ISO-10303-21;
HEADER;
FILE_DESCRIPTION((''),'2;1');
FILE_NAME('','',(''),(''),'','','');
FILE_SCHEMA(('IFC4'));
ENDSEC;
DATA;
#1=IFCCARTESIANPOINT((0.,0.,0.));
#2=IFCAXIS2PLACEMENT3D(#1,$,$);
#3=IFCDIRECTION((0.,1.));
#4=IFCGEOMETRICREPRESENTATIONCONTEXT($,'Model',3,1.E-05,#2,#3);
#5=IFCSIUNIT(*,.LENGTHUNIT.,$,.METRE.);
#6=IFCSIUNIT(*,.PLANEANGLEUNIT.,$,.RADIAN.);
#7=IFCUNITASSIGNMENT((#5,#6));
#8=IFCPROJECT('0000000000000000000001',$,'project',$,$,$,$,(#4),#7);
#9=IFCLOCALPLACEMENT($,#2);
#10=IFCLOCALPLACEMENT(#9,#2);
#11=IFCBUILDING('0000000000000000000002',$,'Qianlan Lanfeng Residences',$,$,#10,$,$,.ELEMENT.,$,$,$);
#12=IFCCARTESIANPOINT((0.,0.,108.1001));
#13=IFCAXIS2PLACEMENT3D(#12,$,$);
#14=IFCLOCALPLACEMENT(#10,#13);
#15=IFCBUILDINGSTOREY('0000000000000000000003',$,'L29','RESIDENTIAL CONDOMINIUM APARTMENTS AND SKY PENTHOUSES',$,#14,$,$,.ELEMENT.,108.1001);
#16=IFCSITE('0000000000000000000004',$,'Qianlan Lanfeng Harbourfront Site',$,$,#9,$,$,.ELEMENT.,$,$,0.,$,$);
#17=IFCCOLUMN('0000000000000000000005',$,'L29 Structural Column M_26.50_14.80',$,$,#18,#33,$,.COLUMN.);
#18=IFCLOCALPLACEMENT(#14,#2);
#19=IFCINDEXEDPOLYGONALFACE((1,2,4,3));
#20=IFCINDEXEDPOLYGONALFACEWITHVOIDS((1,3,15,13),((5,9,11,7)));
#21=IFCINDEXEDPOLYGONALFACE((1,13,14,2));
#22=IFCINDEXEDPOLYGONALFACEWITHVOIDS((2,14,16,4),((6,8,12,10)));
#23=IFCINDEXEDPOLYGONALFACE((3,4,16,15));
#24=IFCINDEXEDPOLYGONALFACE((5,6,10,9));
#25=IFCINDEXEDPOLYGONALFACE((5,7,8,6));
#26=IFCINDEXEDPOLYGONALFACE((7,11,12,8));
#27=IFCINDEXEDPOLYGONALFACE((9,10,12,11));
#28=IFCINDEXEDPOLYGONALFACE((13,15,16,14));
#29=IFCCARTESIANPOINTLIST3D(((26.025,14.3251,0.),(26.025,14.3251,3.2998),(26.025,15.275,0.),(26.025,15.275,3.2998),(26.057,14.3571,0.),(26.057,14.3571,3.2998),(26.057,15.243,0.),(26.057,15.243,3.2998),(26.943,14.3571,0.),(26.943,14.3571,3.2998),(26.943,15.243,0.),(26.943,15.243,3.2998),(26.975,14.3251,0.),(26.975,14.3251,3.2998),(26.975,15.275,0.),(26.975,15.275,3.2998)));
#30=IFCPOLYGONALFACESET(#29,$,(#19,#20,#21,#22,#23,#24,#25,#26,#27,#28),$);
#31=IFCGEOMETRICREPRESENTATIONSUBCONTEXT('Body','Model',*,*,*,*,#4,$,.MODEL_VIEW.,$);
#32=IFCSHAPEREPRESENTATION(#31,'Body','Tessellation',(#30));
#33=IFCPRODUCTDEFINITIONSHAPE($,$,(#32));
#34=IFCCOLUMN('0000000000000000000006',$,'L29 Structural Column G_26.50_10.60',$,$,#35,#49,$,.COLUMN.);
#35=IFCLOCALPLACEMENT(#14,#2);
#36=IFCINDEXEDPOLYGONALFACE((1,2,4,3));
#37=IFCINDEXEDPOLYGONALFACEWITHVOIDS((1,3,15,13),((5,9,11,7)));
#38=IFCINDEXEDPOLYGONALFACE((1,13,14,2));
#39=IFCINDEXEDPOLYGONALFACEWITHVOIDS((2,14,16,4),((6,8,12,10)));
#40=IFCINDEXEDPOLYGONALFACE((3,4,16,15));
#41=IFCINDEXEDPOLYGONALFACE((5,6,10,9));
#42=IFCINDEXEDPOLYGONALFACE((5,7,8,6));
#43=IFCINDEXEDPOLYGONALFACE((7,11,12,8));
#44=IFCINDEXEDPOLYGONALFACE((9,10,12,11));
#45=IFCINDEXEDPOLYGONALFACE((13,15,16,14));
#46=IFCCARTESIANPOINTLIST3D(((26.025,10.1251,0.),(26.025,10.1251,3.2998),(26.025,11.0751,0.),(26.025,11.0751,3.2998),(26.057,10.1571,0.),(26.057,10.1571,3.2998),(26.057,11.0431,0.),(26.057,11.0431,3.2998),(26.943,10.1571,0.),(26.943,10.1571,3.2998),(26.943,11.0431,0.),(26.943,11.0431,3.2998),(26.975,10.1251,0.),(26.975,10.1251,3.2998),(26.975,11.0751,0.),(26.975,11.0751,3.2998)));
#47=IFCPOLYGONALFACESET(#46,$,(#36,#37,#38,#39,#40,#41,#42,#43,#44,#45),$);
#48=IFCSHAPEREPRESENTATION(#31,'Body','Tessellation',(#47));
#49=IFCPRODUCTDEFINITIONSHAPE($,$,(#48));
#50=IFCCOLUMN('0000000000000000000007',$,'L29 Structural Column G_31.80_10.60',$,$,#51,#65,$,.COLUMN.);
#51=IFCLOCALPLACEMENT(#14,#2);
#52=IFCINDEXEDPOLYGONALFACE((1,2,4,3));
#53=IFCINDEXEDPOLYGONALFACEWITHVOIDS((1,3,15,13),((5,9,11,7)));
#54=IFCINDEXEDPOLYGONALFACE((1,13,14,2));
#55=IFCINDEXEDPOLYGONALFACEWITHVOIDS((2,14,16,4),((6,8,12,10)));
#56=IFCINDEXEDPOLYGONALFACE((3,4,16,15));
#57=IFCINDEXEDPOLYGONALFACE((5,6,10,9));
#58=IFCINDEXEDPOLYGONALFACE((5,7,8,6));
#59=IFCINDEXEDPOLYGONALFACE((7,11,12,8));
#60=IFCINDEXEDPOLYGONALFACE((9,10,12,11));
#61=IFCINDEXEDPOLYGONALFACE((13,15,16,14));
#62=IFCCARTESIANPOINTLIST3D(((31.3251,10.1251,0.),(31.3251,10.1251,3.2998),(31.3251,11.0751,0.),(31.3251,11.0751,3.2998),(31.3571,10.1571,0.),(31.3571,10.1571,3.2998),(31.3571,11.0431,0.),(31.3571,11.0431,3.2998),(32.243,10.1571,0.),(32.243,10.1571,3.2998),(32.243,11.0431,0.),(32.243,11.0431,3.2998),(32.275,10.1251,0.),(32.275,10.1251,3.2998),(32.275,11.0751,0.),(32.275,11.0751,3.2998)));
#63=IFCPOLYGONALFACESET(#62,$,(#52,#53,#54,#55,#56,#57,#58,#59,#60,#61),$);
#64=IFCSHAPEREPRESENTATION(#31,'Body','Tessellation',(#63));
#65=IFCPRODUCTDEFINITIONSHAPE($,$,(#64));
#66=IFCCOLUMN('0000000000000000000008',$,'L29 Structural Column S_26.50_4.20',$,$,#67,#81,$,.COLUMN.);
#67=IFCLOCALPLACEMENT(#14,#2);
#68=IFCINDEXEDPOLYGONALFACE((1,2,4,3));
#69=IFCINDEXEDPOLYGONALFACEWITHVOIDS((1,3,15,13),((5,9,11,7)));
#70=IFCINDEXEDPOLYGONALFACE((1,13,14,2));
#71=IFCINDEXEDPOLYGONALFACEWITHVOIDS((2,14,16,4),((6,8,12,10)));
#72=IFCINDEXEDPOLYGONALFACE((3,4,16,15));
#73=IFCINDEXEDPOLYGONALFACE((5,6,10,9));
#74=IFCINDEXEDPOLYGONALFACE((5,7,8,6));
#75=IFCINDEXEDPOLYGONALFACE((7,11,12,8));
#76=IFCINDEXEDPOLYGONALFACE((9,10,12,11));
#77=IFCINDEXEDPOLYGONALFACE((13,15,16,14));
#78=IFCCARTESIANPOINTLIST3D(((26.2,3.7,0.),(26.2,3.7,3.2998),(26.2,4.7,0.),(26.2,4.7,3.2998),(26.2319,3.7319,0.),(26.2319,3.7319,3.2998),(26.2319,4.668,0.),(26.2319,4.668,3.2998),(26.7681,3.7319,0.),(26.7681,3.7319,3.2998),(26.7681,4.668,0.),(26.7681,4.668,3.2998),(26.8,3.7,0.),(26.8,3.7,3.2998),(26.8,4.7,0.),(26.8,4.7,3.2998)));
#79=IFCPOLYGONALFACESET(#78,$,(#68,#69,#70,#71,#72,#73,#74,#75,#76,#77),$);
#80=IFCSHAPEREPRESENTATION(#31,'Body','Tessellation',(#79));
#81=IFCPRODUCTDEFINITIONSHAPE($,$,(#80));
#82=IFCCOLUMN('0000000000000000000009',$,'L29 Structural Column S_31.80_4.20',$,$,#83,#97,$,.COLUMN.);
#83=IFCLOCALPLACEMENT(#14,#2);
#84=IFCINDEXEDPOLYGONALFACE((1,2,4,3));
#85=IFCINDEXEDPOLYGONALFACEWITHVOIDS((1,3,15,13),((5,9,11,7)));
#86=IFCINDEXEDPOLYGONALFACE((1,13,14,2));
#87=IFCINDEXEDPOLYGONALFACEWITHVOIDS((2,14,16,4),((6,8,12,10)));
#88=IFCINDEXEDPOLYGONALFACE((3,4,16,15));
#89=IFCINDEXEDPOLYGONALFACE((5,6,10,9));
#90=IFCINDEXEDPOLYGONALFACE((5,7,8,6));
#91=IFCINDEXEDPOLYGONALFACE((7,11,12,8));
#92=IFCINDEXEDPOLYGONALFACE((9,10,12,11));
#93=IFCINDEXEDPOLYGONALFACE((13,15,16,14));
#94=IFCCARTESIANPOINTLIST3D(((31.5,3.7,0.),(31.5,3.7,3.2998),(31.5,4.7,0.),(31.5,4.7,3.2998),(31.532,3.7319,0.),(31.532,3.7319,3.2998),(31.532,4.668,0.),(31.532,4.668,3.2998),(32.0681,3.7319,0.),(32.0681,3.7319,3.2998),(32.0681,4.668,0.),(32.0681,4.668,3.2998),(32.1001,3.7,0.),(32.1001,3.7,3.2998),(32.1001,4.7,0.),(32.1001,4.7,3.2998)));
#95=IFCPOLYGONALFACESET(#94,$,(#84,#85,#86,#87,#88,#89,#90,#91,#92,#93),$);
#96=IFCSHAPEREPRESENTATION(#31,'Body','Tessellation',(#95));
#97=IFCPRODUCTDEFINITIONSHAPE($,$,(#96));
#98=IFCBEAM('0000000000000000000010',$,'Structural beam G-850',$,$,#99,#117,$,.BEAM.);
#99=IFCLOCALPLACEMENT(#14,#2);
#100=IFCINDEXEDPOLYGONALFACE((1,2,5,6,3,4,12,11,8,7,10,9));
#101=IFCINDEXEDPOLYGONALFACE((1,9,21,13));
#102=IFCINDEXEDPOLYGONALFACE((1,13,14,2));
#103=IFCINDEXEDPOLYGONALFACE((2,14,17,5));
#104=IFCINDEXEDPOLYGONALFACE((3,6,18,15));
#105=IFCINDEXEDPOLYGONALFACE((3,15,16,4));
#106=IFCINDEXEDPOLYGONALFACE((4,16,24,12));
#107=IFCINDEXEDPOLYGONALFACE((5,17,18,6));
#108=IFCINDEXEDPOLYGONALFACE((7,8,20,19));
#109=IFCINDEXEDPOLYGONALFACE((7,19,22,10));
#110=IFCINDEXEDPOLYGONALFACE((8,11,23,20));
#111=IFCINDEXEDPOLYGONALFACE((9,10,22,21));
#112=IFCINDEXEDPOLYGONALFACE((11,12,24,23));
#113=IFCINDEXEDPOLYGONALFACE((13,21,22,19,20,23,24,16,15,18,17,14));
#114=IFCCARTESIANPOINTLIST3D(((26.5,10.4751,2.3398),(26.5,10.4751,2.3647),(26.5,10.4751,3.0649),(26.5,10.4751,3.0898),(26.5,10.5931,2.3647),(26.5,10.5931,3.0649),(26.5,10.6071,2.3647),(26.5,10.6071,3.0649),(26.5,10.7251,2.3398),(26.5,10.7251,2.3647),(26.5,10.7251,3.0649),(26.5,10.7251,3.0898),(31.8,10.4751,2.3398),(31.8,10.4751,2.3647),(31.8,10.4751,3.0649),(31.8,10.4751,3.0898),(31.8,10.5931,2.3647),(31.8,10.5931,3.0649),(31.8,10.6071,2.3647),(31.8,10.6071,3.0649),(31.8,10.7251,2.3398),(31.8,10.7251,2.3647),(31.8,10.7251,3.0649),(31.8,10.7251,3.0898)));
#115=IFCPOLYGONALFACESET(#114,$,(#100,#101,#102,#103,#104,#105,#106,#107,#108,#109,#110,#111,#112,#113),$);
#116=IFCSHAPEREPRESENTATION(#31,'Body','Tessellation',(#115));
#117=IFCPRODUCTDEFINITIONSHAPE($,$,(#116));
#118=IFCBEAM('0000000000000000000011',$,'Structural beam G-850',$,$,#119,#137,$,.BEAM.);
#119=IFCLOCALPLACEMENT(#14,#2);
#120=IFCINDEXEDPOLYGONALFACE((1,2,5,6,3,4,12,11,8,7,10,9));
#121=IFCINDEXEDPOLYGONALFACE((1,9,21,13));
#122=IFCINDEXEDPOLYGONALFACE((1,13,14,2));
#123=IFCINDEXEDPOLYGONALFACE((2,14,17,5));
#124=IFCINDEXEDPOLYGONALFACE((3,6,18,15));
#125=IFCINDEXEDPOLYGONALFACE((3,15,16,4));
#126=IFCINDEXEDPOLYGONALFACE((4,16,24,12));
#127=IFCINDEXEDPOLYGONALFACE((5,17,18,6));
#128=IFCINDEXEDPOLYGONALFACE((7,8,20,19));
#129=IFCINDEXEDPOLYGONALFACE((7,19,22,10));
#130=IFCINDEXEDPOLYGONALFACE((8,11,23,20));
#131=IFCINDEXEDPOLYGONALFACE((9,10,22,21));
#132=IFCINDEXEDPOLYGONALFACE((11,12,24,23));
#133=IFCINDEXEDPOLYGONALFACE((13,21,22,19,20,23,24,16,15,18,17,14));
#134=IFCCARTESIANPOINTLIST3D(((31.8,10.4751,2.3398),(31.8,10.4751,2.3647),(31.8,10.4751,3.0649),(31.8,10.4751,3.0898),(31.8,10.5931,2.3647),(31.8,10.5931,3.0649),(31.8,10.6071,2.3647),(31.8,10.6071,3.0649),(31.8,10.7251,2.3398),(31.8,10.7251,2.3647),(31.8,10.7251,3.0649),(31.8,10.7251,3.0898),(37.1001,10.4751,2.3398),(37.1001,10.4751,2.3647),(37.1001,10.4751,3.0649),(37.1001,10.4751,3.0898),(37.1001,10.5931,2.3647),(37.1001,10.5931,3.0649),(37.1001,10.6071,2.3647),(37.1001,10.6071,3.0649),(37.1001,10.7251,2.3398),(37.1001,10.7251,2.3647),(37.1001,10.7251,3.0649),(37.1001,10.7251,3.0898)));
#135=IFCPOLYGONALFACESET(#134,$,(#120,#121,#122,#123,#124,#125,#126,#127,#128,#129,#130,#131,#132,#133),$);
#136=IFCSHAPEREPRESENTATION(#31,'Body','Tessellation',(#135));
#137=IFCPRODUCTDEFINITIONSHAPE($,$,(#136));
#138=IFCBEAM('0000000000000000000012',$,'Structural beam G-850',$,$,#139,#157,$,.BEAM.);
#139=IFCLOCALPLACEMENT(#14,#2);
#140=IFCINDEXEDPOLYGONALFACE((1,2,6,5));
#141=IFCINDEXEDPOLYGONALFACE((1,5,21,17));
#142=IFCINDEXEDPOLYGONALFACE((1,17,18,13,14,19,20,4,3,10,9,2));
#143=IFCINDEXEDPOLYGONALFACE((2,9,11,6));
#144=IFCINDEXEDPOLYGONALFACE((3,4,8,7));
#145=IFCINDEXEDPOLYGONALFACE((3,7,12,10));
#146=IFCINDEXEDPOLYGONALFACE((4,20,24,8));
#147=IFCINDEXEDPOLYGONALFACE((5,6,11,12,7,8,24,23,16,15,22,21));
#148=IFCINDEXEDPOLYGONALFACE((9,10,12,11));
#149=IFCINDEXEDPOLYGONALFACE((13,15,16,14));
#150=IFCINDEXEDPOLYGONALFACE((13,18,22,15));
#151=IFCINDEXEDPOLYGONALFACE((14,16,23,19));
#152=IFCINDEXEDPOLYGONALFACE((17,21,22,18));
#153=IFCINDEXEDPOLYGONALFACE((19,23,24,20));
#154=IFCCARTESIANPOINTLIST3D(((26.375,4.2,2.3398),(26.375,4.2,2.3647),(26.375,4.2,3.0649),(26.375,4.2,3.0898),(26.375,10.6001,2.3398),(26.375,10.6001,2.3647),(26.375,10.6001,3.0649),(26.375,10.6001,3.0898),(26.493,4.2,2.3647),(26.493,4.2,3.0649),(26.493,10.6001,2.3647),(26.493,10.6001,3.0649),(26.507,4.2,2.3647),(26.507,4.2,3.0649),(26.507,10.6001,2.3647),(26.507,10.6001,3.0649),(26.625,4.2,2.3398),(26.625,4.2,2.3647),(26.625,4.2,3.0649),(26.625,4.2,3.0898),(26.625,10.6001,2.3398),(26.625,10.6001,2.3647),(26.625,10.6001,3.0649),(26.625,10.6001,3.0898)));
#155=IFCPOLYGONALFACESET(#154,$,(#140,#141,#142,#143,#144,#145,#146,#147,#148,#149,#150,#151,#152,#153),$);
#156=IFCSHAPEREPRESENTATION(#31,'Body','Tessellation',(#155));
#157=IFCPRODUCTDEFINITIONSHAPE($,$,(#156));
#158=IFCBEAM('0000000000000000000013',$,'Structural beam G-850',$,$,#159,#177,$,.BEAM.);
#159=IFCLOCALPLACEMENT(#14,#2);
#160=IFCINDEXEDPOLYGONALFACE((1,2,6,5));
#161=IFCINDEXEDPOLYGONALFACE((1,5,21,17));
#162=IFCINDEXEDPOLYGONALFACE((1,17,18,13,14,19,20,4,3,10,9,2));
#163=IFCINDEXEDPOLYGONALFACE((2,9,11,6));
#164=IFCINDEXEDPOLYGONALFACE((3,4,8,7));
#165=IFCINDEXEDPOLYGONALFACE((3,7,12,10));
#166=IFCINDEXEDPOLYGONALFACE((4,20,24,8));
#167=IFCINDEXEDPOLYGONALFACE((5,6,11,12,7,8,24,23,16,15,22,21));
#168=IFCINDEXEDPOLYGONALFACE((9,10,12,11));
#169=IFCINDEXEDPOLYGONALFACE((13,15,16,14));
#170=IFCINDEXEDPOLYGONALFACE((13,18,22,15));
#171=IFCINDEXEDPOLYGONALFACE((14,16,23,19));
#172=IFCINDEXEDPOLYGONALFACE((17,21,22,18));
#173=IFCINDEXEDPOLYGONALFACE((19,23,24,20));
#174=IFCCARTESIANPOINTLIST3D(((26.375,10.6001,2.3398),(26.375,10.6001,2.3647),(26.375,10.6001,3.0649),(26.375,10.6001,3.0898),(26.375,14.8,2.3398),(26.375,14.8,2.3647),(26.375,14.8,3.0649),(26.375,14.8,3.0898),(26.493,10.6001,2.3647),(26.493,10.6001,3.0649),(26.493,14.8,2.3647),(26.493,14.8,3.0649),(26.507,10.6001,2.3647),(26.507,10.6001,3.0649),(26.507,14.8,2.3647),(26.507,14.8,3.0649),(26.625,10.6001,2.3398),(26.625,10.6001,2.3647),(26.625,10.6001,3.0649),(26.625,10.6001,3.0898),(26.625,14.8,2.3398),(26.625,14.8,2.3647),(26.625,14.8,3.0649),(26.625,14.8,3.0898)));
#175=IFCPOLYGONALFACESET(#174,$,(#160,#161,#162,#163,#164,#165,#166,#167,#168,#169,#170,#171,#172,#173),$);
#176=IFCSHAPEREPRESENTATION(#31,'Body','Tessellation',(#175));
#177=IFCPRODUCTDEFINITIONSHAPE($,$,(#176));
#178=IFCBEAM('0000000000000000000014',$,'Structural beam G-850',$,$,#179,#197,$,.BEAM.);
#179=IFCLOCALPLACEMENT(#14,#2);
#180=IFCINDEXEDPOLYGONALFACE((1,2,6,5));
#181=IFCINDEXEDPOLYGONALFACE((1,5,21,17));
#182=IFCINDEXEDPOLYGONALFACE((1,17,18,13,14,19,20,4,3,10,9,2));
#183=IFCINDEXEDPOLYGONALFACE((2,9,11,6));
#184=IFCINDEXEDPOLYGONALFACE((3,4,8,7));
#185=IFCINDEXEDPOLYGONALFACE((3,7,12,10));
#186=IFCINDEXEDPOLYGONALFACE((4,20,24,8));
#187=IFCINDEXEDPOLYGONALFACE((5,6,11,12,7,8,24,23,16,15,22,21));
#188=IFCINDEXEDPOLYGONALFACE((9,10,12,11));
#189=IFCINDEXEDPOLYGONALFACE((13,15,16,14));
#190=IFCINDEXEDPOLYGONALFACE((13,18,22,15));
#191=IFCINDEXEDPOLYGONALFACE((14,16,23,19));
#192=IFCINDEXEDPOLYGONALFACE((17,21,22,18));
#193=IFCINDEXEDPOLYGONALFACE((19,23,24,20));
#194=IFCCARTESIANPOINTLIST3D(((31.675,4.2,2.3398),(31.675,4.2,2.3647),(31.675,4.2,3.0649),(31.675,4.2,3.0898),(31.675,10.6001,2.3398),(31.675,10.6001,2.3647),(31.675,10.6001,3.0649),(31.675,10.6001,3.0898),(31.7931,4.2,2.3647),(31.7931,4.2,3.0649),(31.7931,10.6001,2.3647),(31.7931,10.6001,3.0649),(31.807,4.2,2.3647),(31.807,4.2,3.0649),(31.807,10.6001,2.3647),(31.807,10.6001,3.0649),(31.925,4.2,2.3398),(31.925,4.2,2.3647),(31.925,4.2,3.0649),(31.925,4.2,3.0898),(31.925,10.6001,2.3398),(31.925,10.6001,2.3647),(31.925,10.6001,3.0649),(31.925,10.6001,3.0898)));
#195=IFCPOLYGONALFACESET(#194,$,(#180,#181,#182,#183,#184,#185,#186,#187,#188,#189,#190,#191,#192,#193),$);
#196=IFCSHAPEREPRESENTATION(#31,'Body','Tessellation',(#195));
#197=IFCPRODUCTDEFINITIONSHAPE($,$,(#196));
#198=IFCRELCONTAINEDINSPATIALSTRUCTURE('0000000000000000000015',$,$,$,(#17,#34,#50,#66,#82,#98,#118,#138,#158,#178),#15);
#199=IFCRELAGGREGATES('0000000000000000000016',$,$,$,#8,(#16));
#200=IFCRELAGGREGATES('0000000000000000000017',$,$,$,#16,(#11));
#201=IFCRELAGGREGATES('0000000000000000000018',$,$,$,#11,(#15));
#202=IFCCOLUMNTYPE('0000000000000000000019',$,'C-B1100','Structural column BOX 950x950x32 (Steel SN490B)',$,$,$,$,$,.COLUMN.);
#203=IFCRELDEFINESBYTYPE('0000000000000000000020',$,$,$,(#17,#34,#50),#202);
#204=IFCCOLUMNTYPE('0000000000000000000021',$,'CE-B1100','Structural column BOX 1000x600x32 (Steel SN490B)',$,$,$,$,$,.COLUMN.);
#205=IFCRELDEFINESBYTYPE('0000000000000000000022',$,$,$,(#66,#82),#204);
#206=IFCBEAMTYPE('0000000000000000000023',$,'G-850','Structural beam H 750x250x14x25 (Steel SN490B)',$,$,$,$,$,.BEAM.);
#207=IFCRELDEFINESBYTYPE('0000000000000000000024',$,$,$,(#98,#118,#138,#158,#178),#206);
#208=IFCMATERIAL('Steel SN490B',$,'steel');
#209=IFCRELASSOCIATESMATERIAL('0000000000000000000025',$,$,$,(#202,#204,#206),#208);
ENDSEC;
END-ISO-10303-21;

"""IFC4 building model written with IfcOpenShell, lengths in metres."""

from ifc_helpers import new_model, si_unit, direction, frame, origin, origin_2d, place, context, subcontext, project, spatial, hollow_rectangle, i_section, extrude, material, material_profile, profile_set, type_object, element, save


model = new_model("IFC4")

# Units and contexts
model_context = context("Model", 3, precision=1e-05, world=origin(), true_north=direction((0.0, 1.0)))
body_context = subcontext(model_context, "Body", "Model", "MODEL_VIEW")
ifc_project = project(units=[si_unit("LENGTHUNIT", "METRE"), si_unit("PLANEANGLEUNIT", "RADIAN")], contexts=[model_context])

# Site, building, storey
site_placement = place(None, origin())
site = spatial("IfcSite", under=ifc_project, at=site_placement, Name="Qianlan Lanfeng Harbourfront Site", CompositionType="ELEMENT", RefElevation=0.0)
building_placement = place(site_placement, origin())
building = spatial("IfcBuilding", under=site, at=building_placement, Name="Qianlan Lanfeng Residences", CompositionType="ELEMENT")
storey_placement = place(building_placement, frame((0.0, 0.0, 108.1001)))
storey = spatial("IfcBuildingStorey", under=building, at=storey_placement, Name="L29", Description="RESIDENTIAL CONDOMINIUM APARTMENTS AND SKY PENTHOUSES", CompositionType="ELEMENT", Elevation=108.1001)

# Columns
ifc_material_1 = material(Name="Steel SN490B", Category="steel")
ifc_material_profile_1 = material_profile(ifc_material_1, hollow_rectangle(XDim=0.95, YDim=0.95, WallThickness=0.032, at=origin_2d()), Name="BOX 950x950x32")
ifc_profile_set_1 = profile_set([ifc_material_profile_1], Name="Steel SN490B")
column_type_1 = type_object("IfcColumnType", Name="C-B1100", Description="Structural column BOX 950x950x32 (Steel SN490B)", PredefinedType="COLUMN", material=ifc_profile_set_1)
for number, where, z_axis, x_axis, name in (
    (1, (26.5, 14.8, 0.0), (0.0, 0.0, 1.0), (1.0, 0.0, 0.0), "L29 Structural Column M_26.50_14.80"),
    (2, (26.5, 10.6001, 0.0), (0.0, 0.0, 1.0), (1.0, 0.0, 0.0), "L29 Structural Column G_26.50_10.60"),
    (3, (31.8, 10.6001, 0.0), (0.0, 0.0, 1.0), (1.0, 0.0, 0.0), "L29 Structural Column G_31.80_10.60"),
):
    element("IfcColumn", number, at=place(storey_placement, frame(where, z_axis=z_axis, x_axis=x_axis)), inside=storey, type_object=column_type_1, Name=name, PredefinedType="COLUMN", context=body_context, shape_type="SweptSolid", body=[
        extrude(hollow_rectangle(XDim=0.95, YDim=0.95, WallThickness=0.032, at=origin_2d()), origin(), (0.0, 0.0, 1.0), 3.2998),
    ])
ifc_material_profile_2 = material_profile(ifc_material_1, hollow_rectangle(XDim=0.6001, YDim=1.0, WallThickness=0.032, at=origin_2d()), Name="BOX 1000x600x32")
ifc_profile_set_2 = profile_set([ifc_material_profile_2], Name="Steel SN490B")
column_type_2 = type_object("IfcColumnType", Name="CE-B1100", Description="Structural column BOX 1000x600x32 (Steel SN490B)", PredefinedType="COLUMN", material=ifc_profile_set_2)
for number, where, z_axis, x_axis, name in (
    (4, (26.5, 4.2, 0.0), (0.0, 0.0, 1.0), (1.0, 0.0, 0.0), "L29 Structural Column S_26.50_4.20"),
    (5, (31.8, 4.2, 0.0), (0.0, 0.0, 1.0), (1.0, 0.0, 0.0), "L29 Structural Column S_31.80_4.20"),
):
    element("IfcColumn", number, at=place(storey_placement, frame(where, z_axis=z_axis, x_axis=x_axis)), inside=storey, type_object=column_type_2, Name=name, PredefinedType="COLUMN", context=body_context, shape_type="SweptSolid", body=[
        extrude(hollow_rectangle(XDim=0.6001, YDim=1.0, WallThickness=0.032, at=origin_2d()), origin(), (0.0, 0.0, 1.0), 3.2998),
    ])

# Beams
ifc_material_profile_3 = material_profile(ifc_material_1, i_section(OverallWidth=0.25, OverallDepth=0.75, WebThickness=0.0139, FlangeThickness=0.0249, at=origin_2d()), Name="H 750x250x14x25")
ifc_profile_set_3 = profile_set([ifc_material_profile_3], Name="Steel SN490B")
beam_type_1 = type_object("IfcBeamType", Name="G-850", Description="Structural beam H 750x250x14x25 (Steel SN490B)", PredefinedType="BEAM", material=ifc_profile_set_3)
for number, where, z_axis, x_axis, name in (
    (6, (26.5, 10.6001, 2.7148), (1.0, 0.0, 0.0), (0.0, 1.0, 0.0), "Structural beam G-850"),
    (7, (31.8, 10.6001, 2.7148), (1.0, 0.0, 0.0), (0.0, 1.0, 0.0), "Structural beam G-850"),
):
    element("IfcBeam", number, at=place(storey_placement, frame(where, z_axis=z_axis, x_axis=x_axis)), inside=storey, type_object=beam_type_1, Name=name, PredefinedType="BEAM", context=body_context, shape_type="SweptSolid", body=[
        extrude(i_section(OverallWidth=0.25, OverallDepth=0.75, WebThickness=0.0139, FlangeThickness=0.0249, at=origin_2d()), origin(), (0.0, 0.0, 1.0), 5.3),
    ])
beam_1_placement = place(storey_placement, frame((26.5, 4.2, 2.7148), z_axis=(0.0, 1.0, 0.0), x_axis=(-1.0, 0.0, 0.0)))
element("IfcBeam", 8, at=beam_1_placement, inside=storey, type_object=beam_type_1, Name="Structural beam G-850", PredefinedType="BEAM", context=body_context, shape_type="SweptSolid", body=[
    extrude(i_section(OverallWidth=0.25, OverallDepth=0.75, WebThickness=0.0139, FlangeThickness=0.0249, at=origin_2d()), origin(), (0.0, 0.0, 1.0), 6.4001),
])
beam_2_placement = place(storey_placement, frame((26.5, 10.6001, 2.7148), z_axis=(0.0, 1.0, 0.0), x_axis=(-1.0, 0.0, 0.0)))
element("IfcBeam", 9, at=beam_2_placement, inside=storey, type_object=beam_type_1, Name="Structural beam G-850", PredefinedType="BEAM", context=body_context, shape_type="SweptSolid", body=[
    extrude(i_section(OverallWidth=0.25, OverallDepth=0.75, WebThickness=0.0139, FlangeThickness=0.0249, at=origin_2d()), origin(), (0.0, 0.0, 1.0), 4.2),
])
beam_3_placement = place(storey_placement, frame((31.8, 4.2, 2.7148), z_axis=(0.0, 1.0, 0.0), x_axis=(-1.0, 0.0, 0.0)))
element("IfcBeam", 10, at=beam_3_placement, inside=storey, type_object=beam_type_1, Name="Structural beam G-850", PredefinedType="BEAM", context=body_context, shape_type="SweptSolid", body=[
    extrude(i_section(OverallWidth=0.25, OverallDepth=0.75, WebThickness=0.0139, FlangeThickness=0.0249, at=origin_2d()), origin(), (0.0, 0.0, 1.0), 6.4001),
])

save(model, "model.ifc")
